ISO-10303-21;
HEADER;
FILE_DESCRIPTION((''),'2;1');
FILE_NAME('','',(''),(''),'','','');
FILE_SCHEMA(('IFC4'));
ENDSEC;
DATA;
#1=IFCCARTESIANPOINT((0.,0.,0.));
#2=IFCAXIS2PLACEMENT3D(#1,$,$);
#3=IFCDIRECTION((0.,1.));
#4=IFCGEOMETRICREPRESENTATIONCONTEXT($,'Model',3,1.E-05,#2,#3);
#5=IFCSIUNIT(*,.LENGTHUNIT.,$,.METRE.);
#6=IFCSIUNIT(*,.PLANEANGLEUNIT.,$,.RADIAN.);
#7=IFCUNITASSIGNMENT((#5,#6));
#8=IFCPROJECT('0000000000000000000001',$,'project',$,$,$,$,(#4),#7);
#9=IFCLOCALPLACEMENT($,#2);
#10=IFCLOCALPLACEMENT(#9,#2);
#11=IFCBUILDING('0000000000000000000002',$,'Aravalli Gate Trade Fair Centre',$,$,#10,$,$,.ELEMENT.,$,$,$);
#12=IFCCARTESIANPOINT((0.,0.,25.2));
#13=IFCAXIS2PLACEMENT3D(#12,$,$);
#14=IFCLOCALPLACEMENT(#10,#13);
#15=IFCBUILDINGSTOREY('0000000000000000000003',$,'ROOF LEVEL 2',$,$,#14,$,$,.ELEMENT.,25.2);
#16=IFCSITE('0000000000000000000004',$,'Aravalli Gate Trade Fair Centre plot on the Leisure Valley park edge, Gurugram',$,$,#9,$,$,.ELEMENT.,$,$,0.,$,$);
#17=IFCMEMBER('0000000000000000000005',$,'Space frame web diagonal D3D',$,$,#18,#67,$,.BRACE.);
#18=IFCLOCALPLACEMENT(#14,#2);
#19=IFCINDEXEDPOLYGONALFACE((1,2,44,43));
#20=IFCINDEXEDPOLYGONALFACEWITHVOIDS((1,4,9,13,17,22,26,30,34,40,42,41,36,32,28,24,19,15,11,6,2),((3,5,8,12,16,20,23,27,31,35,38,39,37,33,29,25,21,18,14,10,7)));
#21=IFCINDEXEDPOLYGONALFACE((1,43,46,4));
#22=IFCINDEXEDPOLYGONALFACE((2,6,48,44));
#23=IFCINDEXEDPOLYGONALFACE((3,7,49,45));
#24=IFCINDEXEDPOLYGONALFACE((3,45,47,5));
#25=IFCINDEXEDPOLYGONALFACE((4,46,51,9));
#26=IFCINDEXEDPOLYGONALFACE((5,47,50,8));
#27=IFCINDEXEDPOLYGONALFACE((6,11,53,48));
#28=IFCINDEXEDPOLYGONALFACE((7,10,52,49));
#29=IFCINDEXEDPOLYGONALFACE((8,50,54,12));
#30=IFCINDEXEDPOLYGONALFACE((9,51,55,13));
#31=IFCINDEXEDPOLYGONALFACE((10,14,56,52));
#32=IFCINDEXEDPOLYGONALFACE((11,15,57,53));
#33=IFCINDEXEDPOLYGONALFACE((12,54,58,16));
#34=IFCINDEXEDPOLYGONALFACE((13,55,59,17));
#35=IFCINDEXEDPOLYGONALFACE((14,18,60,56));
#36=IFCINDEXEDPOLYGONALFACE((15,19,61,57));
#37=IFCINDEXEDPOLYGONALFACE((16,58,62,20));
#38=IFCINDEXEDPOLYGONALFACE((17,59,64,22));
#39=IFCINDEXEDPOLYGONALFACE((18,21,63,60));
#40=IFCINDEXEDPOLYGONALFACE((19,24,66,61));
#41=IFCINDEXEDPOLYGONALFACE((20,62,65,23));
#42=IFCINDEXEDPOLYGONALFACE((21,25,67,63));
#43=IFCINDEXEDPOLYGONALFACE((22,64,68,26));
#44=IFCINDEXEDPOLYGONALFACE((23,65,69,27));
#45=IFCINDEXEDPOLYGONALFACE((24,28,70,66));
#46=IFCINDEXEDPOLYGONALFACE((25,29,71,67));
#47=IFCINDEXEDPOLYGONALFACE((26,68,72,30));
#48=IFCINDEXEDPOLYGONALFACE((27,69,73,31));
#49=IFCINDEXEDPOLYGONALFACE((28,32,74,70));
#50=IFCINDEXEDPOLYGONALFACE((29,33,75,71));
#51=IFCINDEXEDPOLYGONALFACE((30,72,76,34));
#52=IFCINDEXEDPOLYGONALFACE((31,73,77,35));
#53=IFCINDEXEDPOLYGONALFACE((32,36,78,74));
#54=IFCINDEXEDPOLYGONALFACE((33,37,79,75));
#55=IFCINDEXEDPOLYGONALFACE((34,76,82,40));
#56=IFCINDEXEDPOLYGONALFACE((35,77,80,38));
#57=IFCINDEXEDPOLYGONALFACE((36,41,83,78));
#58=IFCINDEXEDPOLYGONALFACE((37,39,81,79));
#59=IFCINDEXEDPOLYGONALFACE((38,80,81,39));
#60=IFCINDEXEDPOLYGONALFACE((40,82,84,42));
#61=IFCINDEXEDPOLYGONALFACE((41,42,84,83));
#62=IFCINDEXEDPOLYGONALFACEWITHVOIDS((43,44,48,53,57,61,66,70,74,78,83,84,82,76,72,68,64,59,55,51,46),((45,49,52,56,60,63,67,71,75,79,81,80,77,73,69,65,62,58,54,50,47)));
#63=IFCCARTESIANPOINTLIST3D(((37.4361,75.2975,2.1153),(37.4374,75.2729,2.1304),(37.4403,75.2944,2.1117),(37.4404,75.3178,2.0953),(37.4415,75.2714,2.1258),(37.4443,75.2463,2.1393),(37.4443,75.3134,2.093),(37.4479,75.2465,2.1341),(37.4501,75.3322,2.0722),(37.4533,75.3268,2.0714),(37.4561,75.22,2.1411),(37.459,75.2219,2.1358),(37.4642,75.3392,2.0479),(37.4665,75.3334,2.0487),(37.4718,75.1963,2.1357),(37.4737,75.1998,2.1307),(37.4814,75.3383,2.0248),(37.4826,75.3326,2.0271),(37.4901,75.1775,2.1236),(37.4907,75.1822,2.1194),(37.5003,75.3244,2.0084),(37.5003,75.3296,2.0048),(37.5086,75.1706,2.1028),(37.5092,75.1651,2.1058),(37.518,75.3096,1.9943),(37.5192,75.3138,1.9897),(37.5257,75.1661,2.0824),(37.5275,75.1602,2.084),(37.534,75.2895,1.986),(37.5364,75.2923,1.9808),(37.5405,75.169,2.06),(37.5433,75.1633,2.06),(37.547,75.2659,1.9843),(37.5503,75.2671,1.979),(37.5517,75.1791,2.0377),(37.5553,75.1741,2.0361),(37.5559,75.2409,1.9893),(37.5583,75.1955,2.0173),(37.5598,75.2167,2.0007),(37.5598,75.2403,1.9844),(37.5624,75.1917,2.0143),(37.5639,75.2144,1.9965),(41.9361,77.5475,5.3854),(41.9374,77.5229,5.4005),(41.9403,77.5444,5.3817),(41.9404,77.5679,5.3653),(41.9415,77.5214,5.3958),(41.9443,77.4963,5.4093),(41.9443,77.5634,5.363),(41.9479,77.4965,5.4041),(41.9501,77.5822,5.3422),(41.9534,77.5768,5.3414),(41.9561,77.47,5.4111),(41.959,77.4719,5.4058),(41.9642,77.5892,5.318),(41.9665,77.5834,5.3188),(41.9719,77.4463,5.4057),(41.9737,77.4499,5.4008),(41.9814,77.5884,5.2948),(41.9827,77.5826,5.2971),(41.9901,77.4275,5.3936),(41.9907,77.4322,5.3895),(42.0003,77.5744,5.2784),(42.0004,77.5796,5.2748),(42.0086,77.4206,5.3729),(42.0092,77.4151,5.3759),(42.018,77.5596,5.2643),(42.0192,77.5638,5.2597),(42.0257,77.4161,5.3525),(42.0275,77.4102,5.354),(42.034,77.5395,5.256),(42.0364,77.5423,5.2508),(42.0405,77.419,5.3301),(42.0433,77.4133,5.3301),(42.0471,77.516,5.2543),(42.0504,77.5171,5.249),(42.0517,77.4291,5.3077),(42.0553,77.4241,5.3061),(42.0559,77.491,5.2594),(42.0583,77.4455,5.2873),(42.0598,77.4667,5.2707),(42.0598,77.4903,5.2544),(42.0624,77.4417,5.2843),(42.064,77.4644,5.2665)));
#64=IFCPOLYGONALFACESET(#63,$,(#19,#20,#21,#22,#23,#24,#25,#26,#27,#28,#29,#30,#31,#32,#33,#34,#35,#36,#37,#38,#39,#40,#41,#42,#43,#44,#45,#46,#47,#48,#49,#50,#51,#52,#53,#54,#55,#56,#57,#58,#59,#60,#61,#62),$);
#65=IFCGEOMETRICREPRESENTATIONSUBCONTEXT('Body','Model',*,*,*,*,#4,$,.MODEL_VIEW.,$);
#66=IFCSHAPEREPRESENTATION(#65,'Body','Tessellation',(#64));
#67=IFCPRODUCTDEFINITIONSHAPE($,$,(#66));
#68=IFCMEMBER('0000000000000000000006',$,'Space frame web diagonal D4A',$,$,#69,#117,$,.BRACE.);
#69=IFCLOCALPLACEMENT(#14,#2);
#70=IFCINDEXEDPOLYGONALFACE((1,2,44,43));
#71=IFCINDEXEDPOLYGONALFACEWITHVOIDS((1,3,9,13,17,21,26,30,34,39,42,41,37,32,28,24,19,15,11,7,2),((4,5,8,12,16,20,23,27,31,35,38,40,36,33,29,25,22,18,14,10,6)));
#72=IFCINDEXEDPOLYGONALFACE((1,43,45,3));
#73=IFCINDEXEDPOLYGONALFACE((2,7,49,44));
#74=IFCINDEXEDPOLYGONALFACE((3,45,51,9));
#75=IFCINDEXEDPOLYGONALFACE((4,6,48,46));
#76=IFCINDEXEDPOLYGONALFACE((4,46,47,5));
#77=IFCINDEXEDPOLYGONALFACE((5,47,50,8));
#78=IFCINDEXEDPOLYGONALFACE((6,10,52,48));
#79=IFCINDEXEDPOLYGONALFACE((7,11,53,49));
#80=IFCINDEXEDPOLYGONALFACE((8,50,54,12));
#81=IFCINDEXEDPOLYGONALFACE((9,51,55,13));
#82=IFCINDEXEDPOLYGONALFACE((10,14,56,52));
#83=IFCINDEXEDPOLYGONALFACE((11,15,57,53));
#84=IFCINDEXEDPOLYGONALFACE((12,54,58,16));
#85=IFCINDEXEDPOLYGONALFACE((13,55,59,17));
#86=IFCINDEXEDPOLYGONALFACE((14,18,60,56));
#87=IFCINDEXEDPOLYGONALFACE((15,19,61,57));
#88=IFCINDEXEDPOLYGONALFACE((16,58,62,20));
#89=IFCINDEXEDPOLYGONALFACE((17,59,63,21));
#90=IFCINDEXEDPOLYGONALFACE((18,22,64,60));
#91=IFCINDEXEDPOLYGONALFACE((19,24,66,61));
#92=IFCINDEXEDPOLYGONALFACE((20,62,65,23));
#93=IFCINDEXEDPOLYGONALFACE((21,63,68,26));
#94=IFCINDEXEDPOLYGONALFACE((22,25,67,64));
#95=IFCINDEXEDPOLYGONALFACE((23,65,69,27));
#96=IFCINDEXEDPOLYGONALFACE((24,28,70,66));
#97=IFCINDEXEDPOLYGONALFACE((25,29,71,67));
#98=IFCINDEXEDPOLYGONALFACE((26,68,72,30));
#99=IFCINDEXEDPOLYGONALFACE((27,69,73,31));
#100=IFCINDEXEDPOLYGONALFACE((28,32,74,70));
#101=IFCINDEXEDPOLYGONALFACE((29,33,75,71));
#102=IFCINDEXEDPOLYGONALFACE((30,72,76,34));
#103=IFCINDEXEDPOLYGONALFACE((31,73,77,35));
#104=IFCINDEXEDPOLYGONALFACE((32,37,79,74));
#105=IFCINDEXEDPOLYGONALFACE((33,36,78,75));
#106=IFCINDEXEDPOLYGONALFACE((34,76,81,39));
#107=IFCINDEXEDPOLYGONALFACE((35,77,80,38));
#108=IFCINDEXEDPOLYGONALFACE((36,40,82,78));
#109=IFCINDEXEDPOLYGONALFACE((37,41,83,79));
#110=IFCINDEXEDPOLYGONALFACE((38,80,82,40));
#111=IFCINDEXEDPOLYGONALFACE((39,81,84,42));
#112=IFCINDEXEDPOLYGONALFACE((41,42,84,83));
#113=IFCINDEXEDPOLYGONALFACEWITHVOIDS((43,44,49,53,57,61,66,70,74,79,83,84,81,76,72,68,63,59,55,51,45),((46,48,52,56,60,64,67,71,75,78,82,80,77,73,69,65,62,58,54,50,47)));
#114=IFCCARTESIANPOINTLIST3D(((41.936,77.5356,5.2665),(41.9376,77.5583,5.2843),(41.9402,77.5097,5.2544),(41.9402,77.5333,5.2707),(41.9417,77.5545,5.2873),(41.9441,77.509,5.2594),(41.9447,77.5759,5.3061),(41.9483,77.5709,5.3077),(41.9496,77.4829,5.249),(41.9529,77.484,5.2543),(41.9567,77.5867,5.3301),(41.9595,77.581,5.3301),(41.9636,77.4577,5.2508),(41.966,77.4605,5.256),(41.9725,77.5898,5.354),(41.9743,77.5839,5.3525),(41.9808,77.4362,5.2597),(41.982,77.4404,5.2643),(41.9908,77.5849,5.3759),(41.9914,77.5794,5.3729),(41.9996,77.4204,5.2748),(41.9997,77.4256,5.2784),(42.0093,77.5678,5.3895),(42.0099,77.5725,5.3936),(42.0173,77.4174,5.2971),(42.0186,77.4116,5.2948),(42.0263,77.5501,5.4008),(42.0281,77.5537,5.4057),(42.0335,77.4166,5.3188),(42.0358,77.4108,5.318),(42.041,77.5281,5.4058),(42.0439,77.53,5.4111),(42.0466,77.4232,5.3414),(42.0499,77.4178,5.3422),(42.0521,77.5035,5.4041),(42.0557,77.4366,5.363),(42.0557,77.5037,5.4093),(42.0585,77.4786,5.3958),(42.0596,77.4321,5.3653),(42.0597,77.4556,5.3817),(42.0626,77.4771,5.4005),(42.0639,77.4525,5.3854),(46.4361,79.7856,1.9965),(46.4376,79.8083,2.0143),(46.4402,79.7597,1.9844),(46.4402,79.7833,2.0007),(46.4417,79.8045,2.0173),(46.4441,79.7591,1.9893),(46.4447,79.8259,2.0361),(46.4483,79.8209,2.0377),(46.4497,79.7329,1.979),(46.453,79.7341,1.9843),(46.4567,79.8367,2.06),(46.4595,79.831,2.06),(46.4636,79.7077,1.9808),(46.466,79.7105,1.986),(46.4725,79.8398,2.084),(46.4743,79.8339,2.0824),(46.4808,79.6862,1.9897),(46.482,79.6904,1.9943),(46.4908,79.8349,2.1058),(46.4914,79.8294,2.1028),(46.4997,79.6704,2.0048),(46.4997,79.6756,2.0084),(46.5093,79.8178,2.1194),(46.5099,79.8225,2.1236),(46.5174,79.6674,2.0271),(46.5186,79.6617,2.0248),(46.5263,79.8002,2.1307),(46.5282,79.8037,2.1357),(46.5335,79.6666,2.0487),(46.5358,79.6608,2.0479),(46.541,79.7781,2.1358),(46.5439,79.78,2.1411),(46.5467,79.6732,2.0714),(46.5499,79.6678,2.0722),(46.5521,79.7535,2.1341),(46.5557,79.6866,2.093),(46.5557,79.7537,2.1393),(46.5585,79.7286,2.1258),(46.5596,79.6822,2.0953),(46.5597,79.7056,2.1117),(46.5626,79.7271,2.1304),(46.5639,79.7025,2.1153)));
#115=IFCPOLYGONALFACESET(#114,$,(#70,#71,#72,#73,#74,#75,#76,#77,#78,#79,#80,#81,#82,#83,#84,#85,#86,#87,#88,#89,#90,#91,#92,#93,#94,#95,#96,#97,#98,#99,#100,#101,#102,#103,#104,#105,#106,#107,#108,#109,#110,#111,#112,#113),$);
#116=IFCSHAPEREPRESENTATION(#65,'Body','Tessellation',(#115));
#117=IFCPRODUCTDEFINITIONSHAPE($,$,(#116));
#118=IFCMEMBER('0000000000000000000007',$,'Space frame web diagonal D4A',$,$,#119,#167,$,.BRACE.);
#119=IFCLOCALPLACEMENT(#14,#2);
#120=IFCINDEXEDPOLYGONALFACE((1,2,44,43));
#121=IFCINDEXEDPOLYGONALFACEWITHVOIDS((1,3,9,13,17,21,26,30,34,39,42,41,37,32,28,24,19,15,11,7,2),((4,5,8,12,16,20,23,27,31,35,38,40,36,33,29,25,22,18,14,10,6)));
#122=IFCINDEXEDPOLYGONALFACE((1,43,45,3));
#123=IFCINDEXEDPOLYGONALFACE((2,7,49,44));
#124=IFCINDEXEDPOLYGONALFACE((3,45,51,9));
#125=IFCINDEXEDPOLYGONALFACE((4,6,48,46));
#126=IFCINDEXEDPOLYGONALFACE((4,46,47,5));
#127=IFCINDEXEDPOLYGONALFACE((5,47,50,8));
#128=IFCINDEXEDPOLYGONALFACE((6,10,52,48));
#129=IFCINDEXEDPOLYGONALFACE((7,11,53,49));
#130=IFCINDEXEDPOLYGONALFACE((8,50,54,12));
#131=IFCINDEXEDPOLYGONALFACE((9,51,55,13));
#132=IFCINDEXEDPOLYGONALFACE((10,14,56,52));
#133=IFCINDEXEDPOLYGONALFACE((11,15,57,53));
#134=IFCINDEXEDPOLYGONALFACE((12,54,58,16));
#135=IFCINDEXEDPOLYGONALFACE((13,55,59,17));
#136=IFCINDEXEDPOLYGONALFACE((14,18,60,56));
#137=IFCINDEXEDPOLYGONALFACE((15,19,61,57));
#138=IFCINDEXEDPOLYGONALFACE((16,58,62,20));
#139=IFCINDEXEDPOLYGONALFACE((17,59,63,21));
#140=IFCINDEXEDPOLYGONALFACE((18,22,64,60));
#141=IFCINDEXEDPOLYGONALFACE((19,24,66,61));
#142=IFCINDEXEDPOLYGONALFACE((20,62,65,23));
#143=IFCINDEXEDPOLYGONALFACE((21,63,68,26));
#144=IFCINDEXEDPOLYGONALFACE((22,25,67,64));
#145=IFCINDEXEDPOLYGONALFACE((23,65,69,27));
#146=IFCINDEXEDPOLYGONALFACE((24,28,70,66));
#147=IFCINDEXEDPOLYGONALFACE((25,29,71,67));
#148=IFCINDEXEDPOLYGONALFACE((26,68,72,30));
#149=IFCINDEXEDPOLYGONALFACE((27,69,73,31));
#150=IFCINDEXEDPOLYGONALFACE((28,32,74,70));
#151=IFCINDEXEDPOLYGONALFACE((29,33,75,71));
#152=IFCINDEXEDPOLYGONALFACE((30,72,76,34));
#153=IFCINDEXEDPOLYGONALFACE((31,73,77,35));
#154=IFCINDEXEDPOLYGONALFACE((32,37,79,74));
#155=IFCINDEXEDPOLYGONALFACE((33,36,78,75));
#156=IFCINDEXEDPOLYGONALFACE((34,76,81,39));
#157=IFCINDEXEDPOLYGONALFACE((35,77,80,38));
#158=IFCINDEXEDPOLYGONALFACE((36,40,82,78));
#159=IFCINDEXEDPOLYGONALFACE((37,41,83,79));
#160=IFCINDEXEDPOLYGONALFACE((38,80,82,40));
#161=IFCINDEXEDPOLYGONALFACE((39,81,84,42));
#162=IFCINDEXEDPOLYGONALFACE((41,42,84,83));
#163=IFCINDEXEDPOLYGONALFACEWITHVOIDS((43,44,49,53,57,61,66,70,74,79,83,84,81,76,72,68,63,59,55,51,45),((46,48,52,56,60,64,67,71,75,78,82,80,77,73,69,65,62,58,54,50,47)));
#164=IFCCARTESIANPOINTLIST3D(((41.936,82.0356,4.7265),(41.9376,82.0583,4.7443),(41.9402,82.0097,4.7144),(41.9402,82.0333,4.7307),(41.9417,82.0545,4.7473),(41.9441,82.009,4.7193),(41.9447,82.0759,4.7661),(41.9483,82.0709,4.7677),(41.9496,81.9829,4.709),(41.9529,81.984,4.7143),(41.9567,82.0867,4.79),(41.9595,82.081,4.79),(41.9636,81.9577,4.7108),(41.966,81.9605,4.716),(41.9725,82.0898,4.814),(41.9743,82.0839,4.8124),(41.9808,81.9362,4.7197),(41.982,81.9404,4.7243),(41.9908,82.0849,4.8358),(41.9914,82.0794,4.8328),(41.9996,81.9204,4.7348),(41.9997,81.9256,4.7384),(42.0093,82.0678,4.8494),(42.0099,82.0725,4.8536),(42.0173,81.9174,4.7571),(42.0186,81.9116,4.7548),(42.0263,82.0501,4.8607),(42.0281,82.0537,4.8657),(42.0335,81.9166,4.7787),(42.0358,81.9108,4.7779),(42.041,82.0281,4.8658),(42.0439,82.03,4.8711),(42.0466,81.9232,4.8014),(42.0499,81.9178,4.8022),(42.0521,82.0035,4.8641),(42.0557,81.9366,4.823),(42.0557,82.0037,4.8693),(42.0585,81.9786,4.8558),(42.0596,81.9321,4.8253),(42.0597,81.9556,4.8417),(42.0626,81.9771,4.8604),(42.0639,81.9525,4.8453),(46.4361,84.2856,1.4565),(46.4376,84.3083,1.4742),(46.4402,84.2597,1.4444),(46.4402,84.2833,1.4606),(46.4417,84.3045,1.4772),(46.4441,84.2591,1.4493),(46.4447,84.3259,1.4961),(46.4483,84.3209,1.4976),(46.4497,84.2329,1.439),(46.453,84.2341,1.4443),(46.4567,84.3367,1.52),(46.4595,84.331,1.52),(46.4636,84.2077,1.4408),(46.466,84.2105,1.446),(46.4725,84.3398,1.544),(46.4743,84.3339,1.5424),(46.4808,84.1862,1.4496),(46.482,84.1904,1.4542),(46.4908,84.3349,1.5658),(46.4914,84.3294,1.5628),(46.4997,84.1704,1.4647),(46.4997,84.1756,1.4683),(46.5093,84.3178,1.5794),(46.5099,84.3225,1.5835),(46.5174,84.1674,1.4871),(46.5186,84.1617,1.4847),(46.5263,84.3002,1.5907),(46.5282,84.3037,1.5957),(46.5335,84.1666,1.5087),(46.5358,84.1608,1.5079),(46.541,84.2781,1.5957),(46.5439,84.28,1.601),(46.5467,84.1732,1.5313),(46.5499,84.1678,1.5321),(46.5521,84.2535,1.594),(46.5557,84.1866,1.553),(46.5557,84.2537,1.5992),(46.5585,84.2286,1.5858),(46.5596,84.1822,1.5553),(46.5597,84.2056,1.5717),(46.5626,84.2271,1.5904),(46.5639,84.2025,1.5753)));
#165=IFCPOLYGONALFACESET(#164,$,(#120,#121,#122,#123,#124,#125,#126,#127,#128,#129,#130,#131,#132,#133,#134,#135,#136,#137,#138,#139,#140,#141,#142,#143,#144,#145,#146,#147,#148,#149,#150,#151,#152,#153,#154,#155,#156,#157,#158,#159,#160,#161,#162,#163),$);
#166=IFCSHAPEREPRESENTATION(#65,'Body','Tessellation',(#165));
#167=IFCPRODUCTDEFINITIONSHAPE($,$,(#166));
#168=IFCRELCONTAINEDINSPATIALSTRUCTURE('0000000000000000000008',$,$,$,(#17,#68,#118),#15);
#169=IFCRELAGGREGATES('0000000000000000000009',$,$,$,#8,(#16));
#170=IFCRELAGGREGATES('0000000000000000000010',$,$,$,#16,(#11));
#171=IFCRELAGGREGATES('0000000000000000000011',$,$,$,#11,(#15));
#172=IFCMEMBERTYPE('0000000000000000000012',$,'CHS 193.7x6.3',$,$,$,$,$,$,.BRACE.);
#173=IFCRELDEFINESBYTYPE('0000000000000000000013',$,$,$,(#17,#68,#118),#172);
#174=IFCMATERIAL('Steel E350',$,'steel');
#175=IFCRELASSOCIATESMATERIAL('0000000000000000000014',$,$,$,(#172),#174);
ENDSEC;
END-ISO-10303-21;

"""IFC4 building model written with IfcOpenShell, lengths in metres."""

from ifc_helpers import new_model, si_unit, direction, frame, origin, origin_2d, place, context, subcontext, project, spatial, hollow_circle, extrude, material, material_profile, profile_set, type_object, element, save


model = new_model("IFC4")

# Units and contexts
model_context = context("Model", 3, precision=1e-05, world=origin(), true_north=direction((0.0, 1.0)))
body_context = subcontext(model_context, "Body", "Model", "MODEL_VIEW")
ifc_project = project(units=[si_unit("LENGTHUNIT", "METRE"), si_unit("PLANEANGLEUNIT", "RADIAN")], contexts=[model_context])

# Site, building, storey
site_placement = place(None, origin())
site = spatial("IfcSite", under=ifc_project, at=site_placement, Name="Aravalli Gate Trade Fair Centre plot on the Leisure Valley park edge, Gurugram", CompositionType="ELEMENT", RefElevation=0.0)
building_placement = place(site_placement, origin())
building = spatial("IfcBuilding", under=site, at=building_placement, Name="Aravalli Gate Trade Fair Centre", CompositionType="ELEMENT")
storey_placement = place(building_placement, frame((0.0, 0.0, 25.2)))
storey = spatial("IfcBuildingStorey", under=building, at=storey_placement, Name="ROOF LEVEL 2", CompositionType="ELEMENT", Elevation=25.2)

# Members
ifc_material_1 = material(Name="Steel E350", Category="steel")
ifc_material_profile_1 = material_profile(ifc_material_1, hollow_circle(Radius=0.0969, WallThickness=0.0063, at=origin_2d()), Name="CHS 193.7x6.3")
ifc_profile_set_1 = profile_set([ifc_material_profile_1], Name="Steel E350")
member_type_1 = type_object("IfcMemberType", Name="CHS 193.7x6.3", PredefinedType="BRACE", material=ifc_profile_set_1)
for number, where, z_axis, x_axis, name in (
    (1, (42.0, 77.5, 5.3301), (-0.749942, -0.374971, -0.544961), (0.447214, -0.894427, 0.0), "Space frame web diagonal D3D"),
    (2, (42.0, 77.5, 5.3301), (0.749942, 0.374971, -0.544961), (-0.447214, 0.894427, 0.0), "Space frame web diagonal D4A"),
    (3, (42.0, 82.0, 4.79), (0.749942, 0.374971, -0.544961), (-0.447214, 0.894427, 0.0), "Space frame web diagonal D4A"),
):
    element("IfcMember", number, at=place(storey_placement, frame(where, z_axis=z_axis, x_axis=x_axis)), inside=storey, type_object=member_type_1, Name=name, PredefinedType="BRACE", context=body_context, shape_type="SweptSolid", body=[
        extrude(hollow_circle(Radius=0.0969, WallThickness=0.0063, at=origin_2d()), origin(), (0.0, 0.0, 1.0), 6.0005),
    ])

save(model, "model.ifc")
